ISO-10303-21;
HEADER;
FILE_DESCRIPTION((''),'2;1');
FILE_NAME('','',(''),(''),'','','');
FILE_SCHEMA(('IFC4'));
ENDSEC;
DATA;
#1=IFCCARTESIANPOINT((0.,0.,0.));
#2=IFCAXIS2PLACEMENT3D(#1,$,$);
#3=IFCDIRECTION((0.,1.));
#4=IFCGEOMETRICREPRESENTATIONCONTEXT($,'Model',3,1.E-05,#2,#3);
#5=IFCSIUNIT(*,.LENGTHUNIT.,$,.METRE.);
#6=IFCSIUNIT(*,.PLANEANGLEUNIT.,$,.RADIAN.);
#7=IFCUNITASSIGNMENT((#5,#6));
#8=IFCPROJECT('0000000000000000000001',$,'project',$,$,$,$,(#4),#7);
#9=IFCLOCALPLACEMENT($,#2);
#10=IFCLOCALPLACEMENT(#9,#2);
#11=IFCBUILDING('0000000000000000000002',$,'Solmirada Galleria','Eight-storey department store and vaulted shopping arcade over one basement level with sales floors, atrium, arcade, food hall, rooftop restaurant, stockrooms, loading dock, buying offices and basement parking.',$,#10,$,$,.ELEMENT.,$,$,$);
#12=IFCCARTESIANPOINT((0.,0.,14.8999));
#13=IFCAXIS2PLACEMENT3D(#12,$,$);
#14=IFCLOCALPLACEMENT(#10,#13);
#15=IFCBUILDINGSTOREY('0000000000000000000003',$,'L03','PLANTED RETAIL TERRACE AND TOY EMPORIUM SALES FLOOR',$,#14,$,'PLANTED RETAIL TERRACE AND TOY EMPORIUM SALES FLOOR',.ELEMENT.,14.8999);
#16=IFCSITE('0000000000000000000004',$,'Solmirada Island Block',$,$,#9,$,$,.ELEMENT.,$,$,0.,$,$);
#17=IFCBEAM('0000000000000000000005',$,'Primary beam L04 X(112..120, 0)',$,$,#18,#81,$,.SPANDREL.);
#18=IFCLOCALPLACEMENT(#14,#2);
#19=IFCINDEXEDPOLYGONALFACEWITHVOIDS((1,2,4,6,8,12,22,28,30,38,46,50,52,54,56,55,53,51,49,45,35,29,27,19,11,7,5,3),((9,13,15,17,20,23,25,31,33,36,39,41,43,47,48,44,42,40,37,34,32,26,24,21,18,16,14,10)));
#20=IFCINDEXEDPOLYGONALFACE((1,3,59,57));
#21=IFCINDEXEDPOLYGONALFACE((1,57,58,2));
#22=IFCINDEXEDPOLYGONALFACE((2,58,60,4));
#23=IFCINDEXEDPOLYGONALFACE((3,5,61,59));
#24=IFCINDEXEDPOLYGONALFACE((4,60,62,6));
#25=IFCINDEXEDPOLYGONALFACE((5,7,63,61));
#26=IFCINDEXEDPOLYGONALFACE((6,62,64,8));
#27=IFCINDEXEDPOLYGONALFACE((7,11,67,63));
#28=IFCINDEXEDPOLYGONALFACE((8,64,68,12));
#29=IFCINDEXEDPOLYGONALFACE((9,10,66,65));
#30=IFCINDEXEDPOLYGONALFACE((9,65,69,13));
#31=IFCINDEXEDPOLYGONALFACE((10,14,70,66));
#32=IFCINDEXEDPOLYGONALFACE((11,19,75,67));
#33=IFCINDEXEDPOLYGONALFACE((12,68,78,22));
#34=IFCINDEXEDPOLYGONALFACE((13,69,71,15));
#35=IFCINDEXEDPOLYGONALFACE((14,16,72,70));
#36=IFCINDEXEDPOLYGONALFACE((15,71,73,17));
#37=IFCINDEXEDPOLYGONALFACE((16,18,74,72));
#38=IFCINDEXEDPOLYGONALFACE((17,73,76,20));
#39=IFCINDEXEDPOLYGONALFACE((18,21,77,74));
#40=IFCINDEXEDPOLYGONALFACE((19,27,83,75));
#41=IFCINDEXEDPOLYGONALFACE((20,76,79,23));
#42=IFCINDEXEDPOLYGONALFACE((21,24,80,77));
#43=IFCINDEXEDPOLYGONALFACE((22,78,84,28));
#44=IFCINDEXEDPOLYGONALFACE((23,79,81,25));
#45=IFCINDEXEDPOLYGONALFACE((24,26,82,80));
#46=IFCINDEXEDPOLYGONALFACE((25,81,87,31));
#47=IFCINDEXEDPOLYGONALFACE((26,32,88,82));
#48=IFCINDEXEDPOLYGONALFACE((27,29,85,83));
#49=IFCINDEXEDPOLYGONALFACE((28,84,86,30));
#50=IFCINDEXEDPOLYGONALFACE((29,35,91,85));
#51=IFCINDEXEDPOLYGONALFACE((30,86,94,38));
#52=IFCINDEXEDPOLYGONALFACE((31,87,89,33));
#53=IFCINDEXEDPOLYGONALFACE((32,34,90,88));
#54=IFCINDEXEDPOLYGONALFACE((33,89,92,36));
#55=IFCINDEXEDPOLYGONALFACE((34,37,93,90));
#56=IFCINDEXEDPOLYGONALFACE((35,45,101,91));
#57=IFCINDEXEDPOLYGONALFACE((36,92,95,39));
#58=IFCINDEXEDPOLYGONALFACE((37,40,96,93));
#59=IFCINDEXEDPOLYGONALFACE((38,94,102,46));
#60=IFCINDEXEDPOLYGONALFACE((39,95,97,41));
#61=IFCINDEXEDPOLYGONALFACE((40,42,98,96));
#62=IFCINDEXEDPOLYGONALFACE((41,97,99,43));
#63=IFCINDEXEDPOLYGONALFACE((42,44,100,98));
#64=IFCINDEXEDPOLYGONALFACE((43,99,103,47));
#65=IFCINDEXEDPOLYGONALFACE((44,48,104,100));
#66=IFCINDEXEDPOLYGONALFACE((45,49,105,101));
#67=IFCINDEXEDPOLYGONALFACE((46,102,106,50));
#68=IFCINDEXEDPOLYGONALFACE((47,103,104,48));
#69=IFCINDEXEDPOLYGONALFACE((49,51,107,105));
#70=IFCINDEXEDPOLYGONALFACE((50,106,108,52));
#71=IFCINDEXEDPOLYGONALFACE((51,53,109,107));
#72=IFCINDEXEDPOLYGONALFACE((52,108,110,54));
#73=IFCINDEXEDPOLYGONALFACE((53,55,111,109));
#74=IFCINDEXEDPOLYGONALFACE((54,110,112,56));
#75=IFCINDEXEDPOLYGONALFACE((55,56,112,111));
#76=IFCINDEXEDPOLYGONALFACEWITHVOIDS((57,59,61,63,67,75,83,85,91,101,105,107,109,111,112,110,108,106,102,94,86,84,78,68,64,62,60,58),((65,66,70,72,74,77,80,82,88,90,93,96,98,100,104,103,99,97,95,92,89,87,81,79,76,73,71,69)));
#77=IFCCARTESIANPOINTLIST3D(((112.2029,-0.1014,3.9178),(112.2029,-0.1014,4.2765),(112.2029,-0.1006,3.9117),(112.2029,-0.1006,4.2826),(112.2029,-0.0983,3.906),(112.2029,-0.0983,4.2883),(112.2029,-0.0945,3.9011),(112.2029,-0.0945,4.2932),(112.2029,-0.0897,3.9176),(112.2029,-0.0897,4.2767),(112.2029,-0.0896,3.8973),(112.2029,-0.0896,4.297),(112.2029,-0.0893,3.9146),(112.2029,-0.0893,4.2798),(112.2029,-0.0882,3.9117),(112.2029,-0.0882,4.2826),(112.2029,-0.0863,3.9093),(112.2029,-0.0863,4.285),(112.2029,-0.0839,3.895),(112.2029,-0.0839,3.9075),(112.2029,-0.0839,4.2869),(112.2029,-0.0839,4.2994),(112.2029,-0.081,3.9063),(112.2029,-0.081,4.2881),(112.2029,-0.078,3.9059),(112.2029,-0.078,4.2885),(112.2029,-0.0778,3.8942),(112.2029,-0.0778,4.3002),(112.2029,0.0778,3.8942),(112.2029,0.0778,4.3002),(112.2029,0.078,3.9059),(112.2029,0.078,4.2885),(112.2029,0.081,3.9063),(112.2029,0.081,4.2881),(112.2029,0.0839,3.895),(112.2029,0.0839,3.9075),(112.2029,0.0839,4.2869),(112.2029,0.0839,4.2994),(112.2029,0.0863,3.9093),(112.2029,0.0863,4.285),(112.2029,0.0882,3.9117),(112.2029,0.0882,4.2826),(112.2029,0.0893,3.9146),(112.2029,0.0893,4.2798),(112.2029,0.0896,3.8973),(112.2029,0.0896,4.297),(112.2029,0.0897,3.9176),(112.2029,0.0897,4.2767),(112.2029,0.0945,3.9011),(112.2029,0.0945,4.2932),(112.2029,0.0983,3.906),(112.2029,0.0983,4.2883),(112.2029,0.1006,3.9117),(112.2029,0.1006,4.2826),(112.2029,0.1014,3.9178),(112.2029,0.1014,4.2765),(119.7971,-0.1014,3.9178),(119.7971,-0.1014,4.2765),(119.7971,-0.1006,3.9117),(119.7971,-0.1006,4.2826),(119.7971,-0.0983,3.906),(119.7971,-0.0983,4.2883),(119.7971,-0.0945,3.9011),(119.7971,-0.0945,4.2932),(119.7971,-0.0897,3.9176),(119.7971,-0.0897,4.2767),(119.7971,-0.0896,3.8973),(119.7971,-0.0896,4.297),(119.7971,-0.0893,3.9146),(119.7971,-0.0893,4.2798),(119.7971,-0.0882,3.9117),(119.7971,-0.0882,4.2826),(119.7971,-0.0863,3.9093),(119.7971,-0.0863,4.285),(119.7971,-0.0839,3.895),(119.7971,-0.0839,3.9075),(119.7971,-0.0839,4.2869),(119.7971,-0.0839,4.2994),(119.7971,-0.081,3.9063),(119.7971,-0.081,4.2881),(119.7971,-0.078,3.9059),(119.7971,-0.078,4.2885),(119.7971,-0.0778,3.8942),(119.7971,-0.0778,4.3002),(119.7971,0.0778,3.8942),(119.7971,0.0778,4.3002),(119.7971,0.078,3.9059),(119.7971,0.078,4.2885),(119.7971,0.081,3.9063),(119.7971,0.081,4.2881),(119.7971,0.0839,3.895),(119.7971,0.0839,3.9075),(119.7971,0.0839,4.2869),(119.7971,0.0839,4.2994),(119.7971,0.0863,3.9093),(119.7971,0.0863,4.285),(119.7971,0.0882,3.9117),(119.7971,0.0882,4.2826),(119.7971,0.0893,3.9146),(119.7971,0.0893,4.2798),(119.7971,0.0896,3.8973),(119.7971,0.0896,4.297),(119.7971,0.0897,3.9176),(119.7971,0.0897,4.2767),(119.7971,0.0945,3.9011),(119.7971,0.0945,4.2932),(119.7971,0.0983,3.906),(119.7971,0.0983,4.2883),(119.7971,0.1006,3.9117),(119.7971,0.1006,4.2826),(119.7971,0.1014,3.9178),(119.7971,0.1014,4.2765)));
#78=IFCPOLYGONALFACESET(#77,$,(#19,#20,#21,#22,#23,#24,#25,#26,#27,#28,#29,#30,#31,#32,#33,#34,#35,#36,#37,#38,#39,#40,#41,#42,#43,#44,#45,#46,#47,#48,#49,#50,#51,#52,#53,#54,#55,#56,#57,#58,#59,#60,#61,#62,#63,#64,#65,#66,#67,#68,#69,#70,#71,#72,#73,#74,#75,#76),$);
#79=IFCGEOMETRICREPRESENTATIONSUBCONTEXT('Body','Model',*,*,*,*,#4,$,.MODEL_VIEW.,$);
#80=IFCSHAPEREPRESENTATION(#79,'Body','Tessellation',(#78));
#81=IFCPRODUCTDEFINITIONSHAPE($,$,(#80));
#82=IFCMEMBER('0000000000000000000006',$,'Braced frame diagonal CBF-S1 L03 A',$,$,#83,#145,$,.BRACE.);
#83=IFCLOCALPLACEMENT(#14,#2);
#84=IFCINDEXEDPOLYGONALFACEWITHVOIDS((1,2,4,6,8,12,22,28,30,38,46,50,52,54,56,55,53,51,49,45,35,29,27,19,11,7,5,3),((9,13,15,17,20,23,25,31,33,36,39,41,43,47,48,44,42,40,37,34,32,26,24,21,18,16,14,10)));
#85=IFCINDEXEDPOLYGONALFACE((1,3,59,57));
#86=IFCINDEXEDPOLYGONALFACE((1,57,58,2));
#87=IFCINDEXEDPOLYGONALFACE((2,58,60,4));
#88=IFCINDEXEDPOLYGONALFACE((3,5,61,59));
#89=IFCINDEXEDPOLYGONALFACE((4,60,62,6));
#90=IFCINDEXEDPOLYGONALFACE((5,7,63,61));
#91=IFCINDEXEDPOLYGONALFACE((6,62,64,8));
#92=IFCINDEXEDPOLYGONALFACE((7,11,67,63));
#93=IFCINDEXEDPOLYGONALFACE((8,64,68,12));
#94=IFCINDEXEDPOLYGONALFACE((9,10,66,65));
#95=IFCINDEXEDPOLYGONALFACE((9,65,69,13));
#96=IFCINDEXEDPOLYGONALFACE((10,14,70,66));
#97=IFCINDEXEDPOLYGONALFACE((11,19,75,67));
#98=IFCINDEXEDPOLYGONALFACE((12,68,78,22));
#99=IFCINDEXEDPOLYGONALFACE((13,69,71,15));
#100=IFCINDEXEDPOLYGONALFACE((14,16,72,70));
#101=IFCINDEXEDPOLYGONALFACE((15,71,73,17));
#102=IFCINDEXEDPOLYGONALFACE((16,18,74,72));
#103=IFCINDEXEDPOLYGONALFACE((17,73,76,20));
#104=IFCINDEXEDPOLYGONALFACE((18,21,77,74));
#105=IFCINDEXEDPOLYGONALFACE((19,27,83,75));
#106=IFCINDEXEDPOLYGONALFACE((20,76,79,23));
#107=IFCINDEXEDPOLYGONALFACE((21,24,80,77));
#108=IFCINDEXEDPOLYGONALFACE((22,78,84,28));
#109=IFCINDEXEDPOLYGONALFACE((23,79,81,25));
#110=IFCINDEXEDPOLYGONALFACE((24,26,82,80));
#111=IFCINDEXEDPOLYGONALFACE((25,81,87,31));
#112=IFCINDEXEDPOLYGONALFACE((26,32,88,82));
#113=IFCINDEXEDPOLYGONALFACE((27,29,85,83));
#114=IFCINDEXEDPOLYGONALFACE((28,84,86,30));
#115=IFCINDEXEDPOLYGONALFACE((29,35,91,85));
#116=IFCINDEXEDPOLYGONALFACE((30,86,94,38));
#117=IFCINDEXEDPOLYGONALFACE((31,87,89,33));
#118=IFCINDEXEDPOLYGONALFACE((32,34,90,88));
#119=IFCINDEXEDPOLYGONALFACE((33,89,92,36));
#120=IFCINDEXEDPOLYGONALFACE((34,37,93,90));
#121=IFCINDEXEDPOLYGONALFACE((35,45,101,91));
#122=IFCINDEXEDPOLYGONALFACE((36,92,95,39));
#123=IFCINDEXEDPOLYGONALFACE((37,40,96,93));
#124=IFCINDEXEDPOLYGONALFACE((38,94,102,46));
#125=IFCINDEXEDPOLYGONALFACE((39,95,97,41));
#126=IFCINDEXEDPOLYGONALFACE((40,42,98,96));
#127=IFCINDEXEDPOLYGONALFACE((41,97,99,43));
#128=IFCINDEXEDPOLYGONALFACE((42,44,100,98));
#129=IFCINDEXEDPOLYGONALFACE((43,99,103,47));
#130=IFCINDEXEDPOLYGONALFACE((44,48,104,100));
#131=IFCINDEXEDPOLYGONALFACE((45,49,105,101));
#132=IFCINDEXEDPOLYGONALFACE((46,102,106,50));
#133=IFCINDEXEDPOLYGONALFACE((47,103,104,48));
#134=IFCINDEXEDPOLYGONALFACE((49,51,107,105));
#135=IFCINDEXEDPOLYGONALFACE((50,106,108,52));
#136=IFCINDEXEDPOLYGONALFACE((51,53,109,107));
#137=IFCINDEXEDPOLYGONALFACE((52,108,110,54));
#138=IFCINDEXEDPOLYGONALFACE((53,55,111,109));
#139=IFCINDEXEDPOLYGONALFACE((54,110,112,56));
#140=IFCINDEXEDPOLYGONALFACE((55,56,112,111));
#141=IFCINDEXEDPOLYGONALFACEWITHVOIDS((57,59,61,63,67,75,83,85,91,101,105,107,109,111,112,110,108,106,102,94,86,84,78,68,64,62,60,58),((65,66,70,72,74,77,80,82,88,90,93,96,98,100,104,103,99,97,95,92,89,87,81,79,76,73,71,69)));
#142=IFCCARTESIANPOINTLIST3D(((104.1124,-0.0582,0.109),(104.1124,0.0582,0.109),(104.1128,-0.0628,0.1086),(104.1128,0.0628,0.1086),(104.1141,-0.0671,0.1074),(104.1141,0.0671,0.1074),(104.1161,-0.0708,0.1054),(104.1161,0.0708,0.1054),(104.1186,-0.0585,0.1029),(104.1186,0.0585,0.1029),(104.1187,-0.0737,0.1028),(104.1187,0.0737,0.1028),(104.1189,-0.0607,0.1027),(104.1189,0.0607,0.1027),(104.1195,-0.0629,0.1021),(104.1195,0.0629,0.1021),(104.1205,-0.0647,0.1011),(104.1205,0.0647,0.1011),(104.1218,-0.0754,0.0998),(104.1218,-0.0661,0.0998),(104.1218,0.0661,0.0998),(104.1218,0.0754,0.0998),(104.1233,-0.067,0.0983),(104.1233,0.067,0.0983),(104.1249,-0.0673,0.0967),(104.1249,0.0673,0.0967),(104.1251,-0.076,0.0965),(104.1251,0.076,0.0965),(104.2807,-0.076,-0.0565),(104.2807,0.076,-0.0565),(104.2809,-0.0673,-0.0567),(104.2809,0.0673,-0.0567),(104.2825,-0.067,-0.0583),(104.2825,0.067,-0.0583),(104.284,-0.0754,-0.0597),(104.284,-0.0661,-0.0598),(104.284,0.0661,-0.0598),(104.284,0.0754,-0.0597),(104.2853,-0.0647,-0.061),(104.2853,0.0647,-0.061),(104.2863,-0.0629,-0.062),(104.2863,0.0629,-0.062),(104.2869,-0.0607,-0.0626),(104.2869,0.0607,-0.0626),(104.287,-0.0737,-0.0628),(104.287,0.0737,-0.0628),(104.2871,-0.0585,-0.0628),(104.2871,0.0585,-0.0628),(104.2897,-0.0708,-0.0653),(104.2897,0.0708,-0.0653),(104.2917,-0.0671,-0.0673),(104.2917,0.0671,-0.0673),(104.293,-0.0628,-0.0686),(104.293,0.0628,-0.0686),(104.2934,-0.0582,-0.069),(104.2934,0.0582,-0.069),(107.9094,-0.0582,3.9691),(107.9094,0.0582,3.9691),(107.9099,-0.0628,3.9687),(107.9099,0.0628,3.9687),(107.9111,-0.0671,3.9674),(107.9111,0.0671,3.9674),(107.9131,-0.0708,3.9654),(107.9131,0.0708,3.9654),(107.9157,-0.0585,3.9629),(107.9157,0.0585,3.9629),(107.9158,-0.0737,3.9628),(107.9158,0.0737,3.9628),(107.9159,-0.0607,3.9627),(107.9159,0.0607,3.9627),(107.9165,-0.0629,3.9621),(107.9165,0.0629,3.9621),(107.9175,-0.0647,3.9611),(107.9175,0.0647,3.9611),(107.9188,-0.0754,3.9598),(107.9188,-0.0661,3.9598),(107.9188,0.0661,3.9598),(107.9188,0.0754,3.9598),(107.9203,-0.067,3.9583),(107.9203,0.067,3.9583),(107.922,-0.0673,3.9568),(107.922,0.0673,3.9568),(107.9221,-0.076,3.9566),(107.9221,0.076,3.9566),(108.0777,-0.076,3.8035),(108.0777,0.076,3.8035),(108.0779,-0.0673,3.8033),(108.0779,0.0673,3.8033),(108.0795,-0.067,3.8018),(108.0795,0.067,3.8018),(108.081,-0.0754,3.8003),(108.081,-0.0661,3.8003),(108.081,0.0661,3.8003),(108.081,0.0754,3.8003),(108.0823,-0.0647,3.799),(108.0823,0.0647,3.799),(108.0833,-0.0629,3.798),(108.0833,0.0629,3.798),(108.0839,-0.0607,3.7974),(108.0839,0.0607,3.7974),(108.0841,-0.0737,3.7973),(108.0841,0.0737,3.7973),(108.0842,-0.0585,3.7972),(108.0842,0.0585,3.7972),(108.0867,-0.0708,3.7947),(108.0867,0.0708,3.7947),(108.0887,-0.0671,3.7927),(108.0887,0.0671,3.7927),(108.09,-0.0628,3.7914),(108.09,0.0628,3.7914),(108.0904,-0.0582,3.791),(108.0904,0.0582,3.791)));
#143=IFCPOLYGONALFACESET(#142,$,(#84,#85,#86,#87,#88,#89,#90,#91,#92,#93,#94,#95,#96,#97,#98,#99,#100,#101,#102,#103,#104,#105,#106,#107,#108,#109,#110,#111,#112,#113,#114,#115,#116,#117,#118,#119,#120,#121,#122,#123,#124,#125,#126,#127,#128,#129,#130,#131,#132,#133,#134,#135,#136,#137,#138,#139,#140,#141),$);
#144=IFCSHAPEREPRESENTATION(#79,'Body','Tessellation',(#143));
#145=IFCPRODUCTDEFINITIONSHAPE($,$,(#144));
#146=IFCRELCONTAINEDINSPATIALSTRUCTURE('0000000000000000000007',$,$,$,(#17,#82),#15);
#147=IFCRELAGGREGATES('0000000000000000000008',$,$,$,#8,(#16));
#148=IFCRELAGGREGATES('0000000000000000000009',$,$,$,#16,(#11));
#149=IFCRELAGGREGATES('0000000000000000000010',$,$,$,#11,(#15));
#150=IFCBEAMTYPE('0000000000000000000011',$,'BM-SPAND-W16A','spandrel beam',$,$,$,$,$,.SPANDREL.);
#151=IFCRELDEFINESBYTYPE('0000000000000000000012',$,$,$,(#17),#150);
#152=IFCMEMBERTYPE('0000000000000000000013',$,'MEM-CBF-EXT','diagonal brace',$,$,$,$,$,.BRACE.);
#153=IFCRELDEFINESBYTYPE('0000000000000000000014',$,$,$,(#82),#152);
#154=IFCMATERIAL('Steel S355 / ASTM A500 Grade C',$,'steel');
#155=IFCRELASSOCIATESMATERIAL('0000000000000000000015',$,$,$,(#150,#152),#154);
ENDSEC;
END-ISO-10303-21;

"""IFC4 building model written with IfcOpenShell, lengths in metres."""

from ifc_helpers import new_model, si_unit, direction, frame, origin, origin_2d, place, context, subcontext, project, spatial, hollow_rectangle, extrude, material, material_profile, profile_set, type_object, element, save


model = new_model("IFC4")

# Units and contexts
model_context = context("Model", 3, precision=1e-05, world=origin(), true_north=direction((0.0, 1.0)))
body_context = subcontext(model_context, "Body", "Model", "MODEL_VIEW")
ifc_project = project(units=[si_unit("LENGTHUNIT", "METRE"), si_unit("PLANEANGLEUNIT", "RADIAN")], contexts=[model_context])

# Site, building, storey
site_placement = place(None, origin())
site = spatial("IfcSite", under=ifc_project, at=site_placement, Name="Solmirada Island Block", CompositionType="ELEMENT", RefElevation=0.0)
building_placement = place(site_placement, origin())
building = spatial("IfcBuilding", under=site, at=building_placement, Name="Solmirada Galleria", Description="Eight-storey department store and vaulted shopping arcade over one basement level with sales floors, atrium, arcade, food hall, rooftop restaurant, stockrooms, loading dock, buying offices and basement parking.", CompositionType="ELEMENT")
storey_placement = place(building_placement, frame((0.0, 0.0, 14.8999)))
storey = spatial("IfcBuildingStorey", under=building, at=storey_placement, Name="L03", Description="PLANTED RETAIL TERRACE AND TOY EMPORIUM SALES FLOOR", LongName="PLANTED RETAIL TERRACE AND TOY EMPORIUM SALES FLOOR", CompositionType="ELEMENT", Elevation=14.8999)

# Shared definitions
ifc_material_1 = material(Name="Steel S355 / ASTM A500 Grade C", Category="steel")

# Beam
ifc_material_profile_1 = material_profile(ifc_material_1, hollow_rectangle(XDim=0.2029, YDim=0.406, WallThickness=0.0117, InnerFilletRadius=0.0117, OuterFilletRadius=0.0237, at=origin_2d()), Name="HSS16X8X1/2")
ifc_profile_set_1 = profile_set([ifc_material_profile_1], Name="Steel S355 / ASTM A500 Grade C")
beam_type_1 = type_object("IfcBeamType", Name="BM-SPAND-W16A", Description="spandrel beam", PredefinedType="SPANDREL", material=ifc_profile_set_1)
for number, where, z_axis, x_axis, name in (
    (1, (112.2029, 0.0, 4.0972), (1.0, 0.0, 0.0), (0.0, 1.0, 0.0), "Primary beam L04 X(112..120, 0)"),
):
    element("IfcBeam", number, at=place(storey_placement, frame(where, z_axis=z_axis, x_axis=x_axis)), inside=storey, type_object=beam_type_1, Name=name, PredefinedType="SPANDREL", context=body_context, shape_type="SweptSolid", body=[
        extrude(hollow_rectangle(XDim=0.2029, YDim=0.406, WallThickness=0.0117, InnerFilletRadius=0.0117, OuterFilletRadius=0.0237, at=origin_2d()), origin(), (0.0, 0.0, 1.0), 7.5942),
    ])

# Member
ifc_material_profile_2 = material_profile(ifc_material_1, hollow_rectangle(XDim=0.1521, YDim=0.2539, WallThickness=0.0088, InnerFilletRadius=0.0088, OuterFilletRadius=0.0178, at=origin_2d()), Name="HSS10X6X3/8")
ifc_profile_set_2 = profile_set([ifc_material_profile_2], Name="Steel S355 / ASTM A500 Grade C")
member_type = type_object("IfcMemberType", Name="MEM-CBF-EXT", Description="diagonal brace", PredefinedType="BRACE", material=ifc_profile_set_2)
for number, where, z_axis, x_axis, name in (
    (2, (104.2029, 0.0, 0.02), (0.701266, 0.0, 0.712899), (0.0, 1.0, 0.0), "Braced frame diagonal CBF-S1 L03 A"),
):
    element("IfcMember", number, at=place(storey_placement, frame(where, z_axis=z_axis, x_axis=x_axis)), inside=storey, type_object=member_type, Name=name, PredefinedType="BRACE", context=body_context, shape_type="SweptSolid", body=[
        extrude(hollow_rectangle(XDim=0.1521, YDim=0.2539, WallThickness=0.0088, InnerFilletRadius=0.0088, OuterFilletRadius=0.0178, at=origin_2d()), origin(), (0.0, 0.0, 1.0), 5.4146),
    ])

save(model, "model.ifc")
